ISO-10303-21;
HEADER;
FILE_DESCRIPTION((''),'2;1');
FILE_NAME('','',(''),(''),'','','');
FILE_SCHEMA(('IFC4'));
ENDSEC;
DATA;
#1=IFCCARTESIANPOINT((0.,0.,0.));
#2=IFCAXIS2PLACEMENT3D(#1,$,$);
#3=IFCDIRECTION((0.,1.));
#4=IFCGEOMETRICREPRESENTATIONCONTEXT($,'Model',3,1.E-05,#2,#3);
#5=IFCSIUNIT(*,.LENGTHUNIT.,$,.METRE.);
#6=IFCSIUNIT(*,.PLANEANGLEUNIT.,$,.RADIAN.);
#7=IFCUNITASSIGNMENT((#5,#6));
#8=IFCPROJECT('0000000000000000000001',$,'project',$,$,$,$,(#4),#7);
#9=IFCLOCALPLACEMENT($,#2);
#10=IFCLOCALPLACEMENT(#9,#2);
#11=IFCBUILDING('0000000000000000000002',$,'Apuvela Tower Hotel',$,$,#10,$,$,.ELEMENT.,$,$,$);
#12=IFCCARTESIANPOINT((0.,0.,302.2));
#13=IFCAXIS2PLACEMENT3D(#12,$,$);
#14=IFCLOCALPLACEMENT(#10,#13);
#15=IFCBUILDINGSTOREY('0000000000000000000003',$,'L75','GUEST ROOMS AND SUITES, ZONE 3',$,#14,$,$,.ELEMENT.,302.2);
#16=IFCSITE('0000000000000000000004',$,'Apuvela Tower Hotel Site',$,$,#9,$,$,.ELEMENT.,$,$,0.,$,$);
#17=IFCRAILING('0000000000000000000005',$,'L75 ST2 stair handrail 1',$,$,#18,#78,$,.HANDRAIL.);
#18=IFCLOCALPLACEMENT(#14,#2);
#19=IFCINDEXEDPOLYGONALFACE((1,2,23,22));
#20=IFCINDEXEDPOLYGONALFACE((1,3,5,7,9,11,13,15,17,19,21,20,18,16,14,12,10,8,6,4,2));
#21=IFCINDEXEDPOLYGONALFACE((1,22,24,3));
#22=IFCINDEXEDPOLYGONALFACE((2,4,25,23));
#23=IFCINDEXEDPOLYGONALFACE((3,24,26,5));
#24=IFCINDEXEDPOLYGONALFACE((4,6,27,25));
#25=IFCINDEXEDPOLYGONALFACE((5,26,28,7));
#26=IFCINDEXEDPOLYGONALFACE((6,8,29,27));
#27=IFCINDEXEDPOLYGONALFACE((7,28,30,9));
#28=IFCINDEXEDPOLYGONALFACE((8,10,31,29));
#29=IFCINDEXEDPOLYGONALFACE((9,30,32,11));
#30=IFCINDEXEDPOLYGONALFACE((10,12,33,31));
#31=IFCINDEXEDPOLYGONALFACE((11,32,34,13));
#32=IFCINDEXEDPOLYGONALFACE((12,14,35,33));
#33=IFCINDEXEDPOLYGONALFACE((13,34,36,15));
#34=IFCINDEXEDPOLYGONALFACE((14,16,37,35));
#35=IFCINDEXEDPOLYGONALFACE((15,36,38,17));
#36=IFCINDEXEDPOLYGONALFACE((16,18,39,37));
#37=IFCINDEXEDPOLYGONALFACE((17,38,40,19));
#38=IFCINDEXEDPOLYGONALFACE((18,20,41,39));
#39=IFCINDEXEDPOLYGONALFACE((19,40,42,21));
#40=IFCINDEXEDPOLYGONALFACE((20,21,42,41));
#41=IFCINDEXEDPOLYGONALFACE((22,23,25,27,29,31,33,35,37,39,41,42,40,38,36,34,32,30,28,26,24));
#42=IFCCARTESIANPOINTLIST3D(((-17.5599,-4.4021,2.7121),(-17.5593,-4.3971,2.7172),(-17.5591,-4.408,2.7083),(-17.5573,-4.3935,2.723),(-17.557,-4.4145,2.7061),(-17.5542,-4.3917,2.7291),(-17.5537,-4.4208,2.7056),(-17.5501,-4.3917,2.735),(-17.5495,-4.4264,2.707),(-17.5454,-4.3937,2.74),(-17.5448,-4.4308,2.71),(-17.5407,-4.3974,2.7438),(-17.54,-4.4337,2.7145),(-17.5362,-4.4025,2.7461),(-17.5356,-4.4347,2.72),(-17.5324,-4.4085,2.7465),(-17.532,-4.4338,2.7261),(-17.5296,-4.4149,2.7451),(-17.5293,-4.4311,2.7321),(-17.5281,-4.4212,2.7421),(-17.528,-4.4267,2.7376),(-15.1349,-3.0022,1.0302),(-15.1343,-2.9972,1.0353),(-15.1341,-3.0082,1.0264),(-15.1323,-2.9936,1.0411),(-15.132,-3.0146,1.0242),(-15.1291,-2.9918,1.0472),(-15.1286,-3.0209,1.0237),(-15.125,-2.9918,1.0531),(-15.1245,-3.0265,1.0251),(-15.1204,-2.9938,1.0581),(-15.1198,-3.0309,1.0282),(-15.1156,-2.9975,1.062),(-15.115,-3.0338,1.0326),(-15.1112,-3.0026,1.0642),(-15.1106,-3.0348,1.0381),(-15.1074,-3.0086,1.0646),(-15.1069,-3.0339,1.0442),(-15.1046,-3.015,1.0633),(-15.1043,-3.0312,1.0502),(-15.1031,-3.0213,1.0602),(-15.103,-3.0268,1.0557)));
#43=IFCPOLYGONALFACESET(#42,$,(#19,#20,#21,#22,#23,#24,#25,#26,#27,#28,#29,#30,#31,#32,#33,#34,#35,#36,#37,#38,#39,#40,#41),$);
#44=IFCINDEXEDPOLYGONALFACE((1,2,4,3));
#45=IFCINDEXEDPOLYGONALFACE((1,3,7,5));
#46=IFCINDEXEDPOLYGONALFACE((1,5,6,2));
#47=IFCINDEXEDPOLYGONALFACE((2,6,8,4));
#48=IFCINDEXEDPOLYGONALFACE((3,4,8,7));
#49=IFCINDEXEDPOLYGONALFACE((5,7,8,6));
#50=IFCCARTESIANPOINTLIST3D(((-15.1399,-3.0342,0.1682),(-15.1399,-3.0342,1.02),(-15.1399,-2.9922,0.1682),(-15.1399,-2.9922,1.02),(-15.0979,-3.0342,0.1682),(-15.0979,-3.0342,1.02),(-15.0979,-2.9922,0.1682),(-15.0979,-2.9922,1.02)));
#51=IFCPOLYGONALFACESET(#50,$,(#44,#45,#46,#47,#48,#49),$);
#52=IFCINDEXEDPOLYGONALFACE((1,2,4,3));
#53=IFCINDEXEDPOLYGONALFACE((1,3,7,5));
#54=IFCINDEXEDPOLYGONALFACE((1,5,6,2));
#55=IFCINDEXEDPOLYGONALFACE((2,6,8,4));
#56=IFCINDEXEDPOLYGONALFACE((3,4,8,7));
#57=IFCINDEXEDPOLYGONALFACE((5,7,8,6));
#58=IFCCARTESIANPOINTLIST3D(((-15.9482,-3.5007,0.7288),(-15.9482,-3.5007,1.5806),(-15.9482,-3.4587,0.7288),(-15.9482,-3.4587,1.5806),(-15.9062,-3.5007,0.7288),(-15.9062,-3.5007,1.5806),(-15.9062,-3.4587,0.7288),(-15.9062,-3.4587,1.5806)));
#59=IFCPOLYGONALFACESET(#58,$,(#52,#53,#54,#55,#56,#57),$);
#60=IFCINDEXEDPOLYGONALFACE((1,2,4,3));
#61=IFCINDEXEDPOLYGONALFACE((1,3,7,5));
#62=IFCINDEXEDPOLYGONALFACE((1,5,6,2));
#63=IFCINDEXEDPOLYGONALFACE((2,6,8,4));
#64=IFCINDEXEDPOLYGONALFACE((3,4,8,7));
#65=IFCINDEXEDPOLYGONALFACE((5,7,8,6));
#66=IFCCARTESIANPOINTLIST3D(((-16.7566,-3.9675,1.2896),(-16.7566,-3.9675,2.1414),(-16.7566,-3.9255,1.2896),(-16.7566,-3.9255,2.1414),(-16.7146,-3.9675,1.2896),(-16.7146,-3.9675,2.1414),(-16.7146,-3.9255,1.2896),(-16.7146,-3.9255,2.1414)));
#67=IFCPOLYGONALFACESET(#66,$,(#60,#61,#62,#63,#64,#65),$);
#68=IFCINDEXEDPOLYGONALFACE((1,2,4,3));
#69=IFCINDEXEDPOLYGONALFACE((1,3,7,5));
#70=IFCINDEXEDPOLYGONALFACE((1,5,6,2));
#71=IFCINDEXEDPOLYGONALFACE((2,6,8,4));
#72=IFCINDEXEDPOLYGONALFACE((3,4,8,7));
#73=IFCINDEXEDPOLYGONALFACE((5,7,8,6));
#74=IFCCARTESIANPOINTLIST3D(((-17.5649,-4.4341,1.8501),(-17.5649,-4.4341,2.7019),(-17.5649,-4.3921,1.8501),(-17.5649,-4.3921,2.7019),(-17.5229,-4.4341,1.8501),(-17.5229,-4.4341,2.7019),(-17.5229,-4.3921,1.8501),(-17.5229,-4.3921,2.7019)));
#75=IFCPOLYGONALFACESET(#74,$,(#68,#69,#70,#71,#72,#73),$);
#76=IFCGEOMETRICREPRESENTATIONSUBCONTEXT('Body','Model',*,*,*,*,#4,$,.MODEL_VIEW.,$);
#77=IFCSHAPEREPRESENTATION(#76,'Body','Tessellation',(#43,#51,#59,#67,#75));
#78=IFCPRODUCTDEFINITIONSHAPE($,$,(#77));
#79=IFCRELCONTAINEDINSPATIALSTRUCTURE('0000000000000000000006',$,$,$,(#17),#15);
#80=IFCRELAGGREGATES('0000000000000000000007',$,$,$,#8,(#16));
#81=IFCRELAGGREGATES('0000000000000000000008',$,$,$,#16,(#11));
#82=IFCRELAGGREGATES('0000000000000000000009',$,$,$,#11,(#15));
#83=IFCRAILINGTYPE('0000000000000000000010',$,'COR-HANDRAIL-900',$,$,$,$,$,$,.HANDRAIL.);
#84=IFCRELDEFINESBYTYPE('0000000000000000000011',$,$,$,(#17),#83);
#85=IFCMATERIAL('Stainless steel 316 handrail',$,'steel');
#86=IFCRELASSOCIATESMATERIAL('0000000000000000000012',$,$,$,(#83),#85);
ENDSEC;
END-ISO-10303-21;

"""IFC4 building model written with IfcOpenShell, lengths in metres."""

from ifc_helpers import new_model, si_unit, direction, frame, origin, origin_2d, place, context, subcontext, project, spatial, rectangle, circle, extrude, material, type_object, element, save


model = new_model("IFC4")

# Units and contexts
model_context = context("Model", 3, precision=1e-05, world=origin(), true_north=direction((0.0, 1.0)))
body_context = subcontext(model_context, "Body", "Model", "MODEL_VIEW")
ifc_project = project(units=[si_unit("LENGTHUNIT", "METRE"), si_unit("PLANEANGLEUNIT", "RADIAN")], contexts=[model_context])

# Site, building, storey
site_placement = place(None, origin())
site = spatial("IfcSite", under=ifc_project, at=site_placement, Name="Apuvela Tower Hotel Site", CompositionType="ELEMENT", RefElevation=0.0)
building_placement = place(site_placement, origin())
building = spatial("IfcBuilding", under=site, at=building_placement, Name="Apuvela Tower Hotel", CompositionType="ELEMENT")
storey_placement = place(building_placement, frame((0.0, 0.0, 302.2)))
storey = spatial("IfcBuildingStorey", under=building, at=storey_placement, Name="L75", Description="GUEST ROOMS AND SUITES, ZONE 3", CompositionType="ELEMENT", Elevation=302.2)

# Railing
ifc_material_1 = material(Name="Stainless steel 316 handrail", Category="steel")
railing_type_1 = type_object("IfcRailingType", Name="COR-HANDRAIL-900", PredefinedType="HANDRAIL", material=ifc_material_1)
railing_1_placement = place(storey_placement, frame((-15.1189, -3.0132, 0.1682)))
element("IfcRailing", 1, at=railing_1_placement, inside=storey, type_object=railing_type_1, Name="L75 ST2 stair handrail 1", PredefinedType="HANDRAIL", context=body_context, shape_type="SweptSolid", body=[
    extrude(circle(Radius=0.0239, at=origin_2d()), frame((0.0, 0.0, 0.876), z_axis=(-0.742424, -0.428577, 0.514906), x_axis=(0.499946, -0.866056, 0.0)), (0.0, 0.0, 1.0), 3.2664),
    extrude(rectangle(XDim=0.042, YDim=0.042, at=origin_2d()), origin(), (0.0, 0.0, 1.0), 0.8518),
    extrude(rectangle(XDim=0.042, YDim=0.042, at=origin_2d()), frame((-0.8083, -0.4666, 0.5605)), (0.0, 0.0, 1.0), 0.8518),
    extrude(rectangle(XDim=0.042, YDim=0.042, at=origin_2d()), frame((-1.6167, -0.9333, 1.1213)), (0.0, 0.0, 1.0), 0.8518),
    extrude(rectangle(XDim=0.042, YDim=0.042, at=origin_2d()), frame((-2.425, -1.3999, 1.6819)), (0.0, 0.0, 1.0), 0.8518),
])

save(model, "model.ifc")
